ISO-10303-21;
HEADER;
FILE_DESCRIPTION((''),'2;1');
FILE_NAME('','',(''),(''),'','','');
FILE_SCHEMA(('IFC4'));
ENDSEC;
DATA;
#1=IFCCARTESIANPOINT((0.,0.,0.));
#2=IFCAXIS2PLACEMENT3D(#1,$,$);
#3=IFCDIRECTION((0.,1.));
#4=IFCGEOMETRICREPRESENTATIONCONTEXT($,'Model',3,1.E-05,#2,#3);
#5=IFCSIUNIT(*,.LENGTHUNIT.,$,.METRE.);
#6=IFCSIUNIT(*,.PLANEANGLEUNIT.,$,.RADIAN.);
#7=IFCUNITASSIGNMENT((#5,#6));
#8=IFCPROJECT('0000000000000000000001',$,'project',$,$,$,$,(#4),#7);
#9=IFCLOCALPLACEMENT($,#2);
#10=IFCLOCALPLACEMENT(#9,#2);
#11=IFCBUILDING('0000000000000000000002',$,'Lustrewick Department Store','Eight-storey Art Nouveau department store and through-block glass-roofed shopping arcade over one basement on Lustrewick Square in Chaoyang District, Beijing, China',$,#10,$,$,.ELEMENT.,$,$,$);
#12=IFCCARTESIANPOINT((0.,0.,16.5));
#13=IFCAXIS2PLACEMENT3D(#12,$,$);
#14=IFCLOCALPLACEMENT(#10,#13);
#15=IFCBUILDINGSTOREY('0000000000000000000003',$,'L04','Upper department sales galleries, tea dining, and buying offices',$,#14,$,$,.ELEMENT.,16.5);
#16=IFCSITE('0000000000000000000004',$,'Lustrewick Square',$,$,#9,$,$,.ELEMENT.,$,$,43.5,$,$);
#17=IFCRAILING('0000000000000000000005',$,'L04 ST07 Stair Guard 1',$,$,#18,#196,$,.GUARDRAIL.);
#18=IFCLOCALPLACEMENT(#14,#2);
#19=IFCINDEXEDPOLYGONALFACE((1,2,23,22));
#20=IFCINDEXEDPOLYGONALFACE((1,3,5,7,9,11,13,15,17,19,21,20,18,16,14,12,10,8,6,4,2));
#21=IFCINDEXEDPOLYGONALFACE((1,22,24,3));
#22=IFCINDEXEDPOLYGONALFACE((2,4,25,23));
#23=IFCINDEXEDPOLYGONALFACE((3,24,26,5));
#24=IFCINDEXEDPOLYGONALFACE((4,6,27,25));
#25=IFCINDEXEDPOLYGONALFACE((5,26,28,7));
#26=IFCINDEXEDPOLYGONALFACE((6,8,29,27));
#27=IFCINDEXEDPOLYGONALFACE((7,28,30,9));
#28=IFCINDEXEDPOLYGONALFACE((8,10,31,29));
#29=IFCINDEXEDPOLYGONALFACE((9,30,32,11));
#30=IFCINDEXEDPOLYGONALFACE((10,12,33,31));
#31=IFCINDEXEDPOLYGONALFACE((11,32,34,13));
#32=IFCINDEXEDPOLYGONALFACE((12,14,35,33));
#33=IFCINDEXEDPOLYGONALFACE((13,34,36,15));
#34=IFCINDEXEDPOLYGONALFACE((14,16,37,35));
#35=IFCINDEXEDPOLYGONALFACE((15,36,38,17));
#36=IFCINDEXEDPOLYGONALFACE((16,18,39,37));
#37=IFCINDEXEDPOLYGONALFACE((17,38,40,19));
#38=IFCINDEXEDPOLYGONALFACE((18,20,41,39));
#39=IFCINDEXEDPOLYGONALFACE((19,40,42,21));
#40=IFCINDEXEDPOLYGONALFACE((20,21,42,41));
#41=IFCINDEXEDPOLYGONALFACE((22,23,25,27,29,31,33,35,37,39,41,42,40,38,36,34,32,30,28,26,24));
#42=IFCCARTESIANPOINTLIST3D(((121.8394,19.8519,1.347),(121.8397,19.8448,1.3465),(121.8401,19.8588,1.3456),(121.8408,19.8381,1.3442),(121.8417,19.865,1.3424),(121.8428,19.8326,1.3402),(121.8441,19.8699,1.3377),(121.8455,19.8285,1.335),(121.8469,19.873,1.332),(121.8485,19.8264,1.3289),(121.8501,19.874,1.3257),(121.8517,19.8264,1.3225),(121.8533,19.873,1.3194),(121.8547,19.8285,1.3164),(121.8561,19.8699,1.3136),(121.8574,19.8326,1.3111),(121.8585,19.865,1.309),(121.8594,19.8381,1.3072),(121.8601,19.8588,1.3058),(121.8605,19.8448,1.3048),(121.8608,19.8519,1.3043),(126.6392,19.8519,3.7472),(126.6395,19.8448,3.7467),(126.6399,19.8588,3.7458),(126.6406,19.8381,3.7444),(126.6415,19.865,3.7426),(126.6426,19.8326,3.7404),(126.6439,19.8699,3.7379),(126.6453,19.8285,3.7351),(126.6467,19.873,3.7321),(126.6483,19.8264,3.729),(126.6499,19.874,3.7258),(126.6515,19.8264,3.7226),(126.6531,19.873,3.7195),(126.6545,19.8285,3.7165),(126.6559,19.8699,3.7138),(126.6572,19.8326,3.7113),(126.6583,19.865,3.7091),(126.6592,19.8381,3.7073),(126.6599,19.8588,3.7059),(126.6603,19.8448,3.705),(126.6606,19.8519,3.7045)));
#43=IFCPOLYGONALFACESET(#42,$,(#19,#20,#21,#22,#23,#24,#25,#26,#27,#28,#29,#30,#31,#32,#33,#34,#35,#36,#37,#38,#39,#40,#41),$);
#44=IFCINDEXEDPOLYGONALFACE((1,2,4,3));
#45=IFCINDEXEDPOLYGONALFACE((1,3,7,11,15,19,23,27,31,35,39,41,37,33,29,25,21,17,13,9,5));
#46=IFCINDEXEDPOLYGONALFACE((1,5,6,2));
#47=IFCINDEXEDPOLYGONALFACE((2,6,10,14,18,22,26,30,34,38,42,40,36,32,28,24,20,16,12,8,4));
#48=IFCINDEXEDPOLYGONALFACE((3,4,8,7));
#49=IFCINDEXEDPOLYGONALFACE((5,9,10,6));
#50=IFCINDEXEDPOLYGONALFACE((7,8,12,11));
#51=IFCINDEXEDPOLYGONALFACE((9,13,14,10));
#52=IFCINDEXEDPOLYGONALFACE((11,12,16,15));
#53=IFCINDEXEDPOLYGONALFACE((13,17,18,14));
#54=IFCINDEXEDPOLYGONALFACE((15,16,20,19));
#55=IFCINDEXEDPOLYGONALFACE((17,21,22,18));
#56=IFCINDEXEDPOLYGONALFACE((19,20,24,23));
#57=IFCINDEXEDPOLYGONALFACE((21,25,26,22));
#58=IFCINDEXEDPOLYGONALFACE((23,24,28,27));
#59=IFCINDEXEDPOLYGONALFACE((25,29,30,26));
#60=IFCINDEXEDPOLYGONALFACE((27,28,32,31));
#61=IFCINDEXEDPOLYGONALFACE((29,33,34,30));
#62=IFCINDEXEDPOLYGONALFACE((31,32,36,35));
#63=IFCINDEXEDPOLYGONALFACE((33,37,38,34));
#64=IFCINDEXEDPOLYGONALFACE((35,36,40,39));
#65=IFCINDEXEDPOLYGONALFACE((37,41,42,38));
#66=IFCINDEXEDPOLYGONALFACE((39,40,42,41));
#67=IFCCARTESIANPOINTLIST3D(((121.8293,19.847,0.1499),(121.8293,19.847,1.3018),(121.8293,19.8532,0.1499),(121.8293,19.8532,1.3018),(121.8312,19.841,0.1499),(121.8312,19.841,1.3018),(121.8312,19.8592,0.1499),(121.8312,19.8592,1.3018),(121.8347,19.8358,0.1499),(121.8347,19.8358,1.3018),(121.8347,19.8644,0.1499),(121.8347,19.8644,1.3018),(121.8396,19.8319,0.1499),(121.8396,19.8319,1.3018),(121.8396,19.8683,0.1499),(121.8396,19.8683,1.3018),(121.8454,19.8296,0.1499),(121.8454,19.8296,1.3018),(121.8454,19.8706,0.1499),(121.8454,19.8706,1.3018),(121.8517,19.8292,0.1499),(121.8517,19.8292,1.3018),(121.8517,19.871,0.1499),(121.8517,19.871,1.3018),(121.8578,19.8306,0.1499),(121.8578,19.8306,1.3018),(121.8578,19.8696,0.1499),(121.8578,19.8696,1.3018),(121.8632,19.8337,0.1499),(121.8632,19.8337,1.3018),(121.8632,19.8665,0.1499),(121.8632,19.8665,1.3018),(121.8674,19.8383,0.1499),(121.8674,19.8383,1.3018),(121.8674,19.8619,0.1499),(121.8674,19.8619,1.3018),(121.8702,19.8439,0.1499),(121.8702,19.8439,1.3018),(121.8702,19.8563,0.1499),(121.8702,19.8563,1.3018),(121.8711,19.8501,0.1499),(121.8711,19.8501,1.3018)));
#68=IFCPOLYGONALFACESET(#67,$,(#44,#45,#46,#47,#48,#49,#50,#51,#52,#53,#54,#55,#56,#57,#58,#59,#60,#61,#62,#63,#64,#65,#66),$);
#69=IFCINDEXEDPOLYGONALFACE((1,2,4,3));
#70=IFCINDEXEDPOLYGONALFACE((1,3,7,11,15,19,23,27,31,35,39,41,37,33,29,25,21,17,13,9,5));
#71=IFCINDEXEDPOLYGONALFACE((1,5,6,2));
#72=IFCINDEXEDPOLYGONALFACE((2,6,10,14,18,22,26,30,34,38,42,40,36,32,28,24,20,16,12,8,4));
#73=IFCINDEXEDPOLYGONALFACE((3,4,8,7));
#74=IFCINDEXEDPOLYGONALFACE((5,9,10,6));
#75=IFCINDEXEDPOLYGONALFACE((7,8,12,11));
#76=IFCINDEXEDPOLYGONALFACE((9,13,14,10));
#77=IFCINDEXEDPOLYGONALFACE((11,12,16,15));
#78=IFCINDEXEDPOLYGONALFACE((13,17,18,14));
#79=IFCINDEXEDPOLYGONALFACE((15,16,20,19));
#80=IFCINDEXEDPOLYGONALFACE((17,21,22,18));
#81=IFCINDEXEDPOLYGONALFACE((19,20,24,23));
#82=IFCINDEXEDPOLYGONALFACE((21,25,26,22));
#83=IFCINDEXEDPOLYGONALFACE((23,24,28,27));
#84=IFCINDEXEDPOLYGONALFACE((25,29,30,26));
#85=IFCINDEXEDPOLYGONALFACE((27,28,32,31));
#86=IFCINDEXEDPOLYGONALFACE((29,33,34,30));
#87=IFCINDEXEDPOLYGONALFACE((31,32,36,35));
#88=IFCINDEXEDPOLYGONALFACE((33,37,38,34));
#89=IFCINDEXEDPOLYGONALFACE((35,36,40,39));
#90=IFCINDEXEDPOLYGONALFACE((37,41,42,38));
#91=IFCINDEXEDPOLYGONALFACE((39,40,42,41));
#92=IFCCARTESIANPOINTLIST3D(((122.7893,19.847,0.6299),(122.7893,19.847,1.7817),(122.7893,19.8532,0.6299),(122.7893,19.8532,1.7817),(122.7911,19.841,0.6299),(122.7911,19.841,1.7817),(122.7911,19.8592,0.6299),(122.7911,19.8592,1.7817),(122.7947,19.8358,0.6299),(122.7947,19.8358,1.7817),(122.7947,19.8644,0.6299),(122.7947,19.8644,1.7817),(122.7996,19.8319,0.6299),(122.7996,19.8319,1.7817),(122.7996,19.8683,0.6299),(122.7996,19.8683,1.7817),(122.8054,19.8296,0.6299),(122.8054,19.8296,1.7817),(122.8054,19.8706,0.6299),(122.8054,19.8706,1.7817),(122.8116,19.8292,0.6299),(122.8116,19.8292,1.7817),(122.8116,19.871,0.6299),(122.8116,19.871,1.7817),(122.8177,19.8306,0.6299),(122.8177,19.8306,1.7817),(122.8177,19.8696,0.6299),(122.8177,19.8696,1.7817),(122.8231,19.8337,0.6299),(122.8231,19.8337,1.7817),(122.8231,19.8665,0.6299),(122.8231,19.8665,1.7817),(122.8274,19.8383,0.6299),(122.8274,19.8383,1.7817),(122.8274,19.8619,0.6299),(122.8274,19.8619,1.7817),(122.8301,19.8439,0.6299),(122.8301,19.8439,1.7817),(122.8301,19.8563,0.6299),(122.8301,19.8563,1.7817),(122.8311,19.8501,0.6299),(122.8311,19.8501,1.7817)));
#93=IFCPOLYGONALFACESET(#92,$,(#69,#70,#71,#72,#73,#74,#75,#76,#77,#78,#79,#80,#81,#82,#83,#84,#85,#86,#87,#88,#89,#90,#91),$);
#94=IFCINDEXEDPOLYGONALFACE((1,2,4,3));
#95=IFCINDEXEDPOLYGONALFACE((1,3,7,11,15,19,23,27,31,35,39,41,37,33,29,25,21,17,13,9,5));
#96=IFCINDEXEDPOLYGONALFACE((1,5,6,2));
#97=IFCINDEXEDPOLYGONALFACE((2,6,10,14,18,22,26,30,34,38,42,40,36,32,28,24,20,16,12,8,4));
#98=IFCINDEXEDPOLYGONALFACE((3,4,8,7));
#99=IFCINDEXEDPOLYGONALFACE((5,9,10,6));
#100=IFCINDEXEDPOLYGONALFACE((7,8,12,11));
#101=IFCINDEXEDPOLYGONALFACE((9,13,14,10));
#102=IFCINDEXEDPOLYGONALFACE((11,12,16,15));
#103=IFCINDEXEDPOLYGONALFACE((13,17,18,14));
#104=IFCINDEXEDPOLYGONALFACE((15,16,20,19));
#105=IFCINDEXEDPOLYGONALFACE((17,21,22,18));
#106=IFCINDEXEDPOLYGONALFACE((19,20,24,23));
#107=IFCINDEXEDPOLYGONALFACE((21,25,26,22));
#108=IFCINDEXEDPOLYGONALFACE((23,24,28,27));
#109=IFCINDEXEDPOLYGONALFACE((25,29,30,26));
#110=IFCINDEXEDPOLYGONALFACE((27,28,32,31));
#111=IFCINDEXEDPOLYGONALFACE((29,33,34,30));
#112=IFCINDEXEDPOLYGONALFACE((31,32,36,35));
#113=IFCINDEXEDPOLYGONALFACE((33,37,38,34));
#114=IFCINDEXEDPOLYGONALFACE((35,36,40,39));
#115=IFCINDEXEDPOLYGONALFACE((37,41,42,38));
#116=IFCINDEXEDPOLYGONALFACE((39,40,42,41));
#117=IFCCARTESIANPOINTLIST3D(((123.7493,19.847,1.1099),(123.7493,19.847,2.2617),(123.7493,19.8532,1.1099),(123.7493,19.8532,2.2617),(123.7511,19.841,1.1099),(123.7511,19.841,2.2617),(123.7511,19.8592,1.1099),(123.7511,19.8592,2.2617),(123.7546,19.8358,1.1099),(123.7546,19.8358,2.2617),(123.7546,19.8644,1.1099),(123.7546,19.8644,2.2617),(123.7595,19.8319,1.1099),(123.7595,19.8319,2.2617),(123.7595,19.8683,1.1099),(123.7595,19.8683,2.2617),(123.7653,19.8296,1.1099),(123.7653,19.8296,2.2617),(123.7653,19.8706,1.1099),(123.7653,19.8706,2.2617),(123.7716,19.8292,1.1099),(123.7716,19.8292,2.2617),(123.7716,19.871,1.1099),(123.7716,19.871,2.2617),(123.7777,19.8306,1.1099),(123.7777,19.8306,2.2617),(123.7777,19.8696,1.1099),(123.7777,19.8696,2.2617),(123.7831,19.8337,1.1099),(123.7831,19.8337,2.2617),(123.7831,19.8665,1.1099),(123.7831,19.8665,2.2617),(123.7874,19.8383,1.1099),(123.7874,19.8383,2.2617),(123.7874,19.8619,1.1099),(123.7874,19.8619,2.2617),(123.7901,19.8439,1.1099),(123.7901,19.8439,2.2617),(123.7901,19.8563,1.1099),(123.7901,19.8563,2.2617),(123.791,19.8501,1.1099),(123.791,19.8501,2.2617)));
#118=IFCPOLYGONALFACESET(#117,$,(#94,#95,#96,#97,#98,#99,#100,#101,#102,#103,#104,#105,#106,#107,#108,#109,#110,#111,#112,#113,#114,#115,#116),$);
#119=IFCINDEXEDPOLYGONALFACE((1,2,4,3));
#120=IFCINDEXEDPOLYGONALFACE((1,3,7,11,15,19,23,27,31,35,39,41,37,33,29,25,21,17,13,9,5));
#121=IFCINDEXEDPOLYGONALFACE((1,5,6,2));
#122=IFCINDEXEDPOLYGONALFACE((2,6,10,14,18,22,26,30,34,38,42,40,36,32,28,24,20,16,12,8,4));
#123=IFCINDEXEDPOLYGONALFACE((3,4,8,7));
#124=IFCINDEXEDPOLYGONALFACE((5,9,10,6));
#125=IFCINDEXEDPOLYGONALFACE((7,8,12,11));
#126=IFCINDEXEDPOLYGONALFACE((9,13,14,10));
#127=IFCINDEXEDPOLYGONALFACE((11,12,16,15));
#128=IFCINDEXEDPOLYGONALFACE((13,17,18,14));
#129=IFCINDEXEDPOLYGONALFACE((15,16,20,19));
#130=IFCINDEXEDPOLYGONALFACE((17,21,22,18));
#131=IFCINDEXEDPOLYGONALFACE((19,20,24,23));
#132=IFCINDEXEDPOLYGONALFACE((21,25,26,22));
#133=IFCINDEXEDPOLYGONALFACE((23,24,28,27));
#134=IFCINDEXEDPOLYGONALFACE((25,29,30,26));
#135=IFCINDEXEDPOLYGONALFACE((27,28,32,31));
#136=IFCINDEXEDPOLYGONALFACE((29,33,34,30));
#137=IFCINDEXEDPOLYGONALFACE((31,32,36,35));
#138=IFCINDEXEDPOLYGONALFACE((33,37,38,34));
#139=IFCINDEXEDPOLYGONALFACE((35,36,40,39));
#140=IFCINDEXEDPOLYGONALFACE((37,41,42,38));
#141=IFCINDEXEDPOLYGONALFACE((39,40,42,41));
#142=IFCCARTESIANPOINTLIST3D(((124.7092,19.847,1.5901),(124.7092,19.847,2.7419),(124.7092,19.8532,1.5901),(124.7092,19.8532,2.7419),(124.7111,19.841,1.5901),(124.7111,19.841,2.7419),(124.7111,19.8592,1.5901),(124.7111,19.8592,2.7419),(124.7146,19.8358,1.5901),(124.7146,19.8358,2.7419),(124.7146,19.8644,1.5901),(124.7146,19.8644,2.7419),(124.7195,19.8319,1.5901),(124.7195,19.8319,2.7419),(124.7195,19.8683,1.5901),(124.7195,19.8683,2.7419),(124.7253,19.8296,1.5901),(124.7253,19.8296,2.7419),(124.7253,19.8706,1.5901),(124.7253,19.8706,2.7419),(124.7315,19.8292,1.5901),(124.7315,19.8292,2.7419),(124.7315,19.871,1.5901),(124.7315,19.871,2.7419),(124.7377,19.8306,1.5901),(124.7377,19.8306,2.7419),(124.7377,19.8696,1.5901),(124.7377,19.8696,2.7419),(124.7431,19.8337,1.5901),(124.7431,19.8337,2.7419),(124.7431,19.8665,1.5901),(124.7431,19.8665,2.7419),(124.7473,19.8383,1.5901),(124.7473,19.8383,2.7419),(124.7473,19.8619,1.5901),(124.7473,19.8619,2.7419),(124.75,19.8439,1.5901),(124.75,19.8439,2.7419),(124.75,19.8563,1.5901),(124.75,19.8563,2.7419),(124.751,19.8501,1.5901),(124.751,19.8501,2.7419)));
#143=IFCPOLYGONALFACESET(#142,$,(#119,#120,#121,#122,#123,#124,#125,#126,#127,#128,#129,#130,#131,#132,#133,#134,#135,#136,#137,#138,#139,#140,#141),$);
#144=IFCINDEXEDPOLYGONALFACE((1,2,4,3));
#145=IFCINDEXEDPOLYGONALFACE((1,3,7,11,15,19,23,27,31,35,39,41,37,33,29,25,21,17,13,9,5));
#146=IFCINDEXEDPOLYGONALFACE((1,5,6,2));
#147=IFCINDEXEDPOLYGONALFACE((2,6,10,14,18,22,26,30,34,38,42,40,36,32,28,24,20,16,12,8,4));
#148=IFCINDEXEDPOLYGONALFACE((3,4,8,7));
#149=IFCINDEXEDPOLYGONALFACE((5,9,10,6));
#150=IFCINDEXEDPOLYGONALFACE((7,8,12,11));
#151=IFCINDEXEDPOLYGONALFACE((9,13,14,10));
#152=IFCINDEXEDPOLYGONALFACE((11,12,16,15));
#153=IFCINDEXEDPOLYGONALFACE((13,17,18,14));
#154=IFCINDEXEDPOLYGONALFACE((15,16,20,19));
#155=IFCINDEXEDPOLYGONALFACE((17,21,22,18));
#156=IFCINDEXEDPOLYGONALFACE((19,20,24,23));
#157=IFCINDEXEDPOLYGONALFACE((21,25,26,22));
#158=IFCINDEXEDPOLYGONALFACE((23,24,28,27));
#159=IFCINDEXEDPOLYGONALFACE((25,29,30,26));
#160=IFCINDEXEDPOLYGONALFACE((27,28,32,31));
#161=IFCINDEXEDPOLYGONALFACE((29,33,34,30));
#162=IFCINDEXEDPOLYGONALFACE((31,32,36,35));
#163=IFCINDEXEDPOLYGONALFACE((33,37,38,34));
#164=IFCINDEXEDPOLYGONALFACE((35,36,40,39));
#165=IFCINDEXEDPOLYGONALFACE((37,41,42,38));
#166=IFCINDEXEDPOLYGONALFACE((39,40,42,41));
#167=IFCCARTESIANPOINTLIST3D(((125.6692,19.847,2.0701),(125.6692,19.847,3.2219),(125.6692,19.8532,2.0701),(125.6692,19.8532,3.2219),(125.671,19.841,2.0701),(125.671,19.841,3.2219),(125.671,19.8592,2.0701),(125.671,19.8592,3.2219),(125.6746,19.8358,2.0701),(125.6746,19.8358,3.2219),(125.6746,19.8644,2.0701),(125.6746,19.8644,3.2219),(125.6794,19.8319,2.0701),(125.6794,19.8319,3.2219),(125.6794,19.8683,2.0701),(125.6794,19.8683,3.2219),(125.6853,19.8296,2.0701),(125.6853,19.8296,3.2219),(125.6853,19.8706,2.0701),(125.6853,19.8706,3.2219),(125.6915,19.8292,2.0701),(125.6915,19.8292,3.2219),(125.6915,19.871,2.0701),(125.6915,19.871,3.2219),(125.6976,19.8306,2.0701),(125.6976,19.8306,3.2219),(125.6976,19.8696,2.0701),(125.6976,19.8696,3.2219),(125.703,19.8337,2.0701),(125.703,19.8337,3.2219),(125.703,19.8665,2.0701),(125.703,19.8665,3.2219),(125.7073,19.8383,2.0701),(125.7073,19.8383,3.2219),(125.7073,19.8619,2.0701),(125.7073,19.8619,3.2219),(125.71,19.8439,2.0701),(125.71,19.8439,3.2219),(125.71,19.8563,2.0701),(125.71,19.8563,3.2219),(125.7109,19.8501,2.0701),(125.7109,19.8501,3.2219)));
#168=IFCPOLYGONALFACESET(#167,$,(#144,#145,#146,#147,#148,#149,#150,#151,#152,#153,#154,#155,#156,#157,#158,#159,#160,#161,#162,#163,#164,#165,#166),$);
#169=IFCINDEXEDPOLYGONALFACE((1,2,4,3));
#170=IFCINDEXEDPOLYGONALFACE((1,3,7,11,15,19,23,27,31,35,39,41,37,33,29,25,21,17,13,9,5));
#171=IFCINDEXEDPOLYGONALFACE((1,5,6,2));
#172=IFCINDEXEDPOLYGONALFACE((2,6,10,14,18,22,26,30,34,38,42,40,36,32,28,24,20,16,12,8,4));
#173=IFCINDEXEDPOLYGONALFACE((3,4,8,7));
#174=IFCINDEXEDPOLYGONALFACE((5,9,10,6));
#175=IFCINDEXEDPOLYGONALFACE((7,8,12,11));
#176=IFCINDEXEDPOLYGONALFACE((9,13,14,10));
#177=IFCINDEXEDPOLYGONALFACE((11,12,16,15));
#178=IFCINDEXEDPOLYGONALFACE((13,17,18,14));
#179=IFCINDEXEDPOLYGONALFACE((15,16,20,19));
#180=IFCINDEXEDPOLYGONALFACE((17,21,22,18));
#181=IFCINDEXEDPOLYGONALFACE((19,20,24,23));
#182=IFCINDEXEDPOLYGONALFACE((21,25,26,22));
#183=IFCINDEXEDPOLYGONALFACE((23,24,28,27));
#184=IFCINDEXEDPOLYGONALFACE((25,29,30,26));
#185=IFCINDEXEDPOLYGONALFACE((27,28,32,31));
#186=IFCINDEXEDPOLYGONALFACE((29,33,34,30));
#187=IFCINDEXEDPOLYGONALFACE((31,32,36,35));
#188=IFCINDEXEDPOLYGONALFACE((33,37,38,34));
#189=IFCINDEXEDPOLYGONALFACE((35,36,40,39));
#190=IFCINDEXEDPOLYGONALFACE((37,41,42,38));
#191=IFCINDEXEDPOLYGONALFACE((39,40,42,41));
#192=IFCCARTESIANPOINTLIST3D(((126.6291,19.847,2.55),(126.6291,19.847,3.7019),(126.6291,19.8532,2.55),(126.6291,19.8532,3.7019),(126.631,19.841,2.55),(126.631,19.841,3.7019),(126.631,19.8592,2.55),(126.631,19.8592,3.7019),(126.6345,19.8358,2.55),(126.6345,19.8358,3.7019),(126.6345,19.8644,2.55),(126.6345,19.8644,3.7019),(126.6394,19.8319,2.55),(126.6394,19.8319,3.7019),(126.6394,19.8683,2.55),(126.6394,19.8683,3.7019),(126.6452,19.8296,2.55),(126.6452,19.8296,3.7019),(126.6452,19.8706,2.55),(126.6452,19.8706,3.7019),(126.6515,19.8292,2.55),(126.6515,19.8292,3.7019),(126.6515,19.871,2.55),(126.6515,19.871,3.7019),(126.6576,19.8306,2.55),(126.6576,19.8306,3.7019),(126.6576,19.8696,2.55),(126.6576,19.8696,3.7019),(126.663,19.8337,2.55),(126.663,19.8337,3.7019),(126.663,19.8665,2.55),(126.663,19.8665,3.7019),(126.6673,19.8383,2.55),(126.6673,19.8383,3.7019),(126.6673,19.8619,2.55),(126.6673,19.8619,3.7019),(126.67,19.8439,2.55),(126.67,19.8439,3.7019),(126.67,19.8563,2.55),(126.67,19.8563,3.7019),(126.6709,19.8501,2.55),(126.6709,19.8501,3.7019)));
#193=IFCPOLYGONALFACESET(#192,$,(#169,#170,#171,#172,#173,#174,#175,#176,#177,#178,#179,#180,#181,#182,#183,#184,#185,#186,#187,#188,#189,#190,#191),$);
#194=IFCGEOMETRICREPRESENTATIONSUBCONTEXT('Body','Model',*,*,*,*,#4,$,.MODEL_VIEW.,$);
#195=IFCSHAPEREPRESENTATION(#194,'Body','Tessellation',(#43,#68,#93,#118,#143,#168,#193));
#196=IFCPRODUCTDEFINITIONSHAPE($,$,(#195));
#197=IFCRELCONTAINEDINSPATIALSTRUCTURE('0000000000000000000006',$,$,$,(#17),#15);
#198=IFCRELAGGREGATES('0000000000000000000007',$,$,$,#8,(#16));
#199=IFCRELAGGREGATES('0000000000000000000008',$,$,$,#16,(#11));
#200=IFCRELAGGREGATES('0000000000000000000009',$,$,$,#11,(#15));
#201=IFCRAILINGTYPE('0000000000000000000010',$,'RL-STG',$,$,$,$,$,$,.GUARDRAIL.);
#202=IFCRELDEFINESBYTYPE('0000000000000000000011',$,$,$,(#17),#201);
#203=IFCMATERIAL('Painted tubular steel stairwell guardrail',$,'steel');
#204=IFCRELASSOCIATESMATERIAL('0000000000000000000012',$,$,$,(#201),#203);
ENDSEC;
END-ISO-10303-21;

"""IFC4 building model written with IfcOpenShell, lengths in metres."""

from ifc_helpers import new_model, si_unit, direction, frame, origin, origin_2d, place, context, subcontext, project, spatial, circle, extrude, material, type_object, element, save


model = new_model("IFC4")

# Units and contexts
model_context = context("Model", 3, precision=1e-05, world=origin(), true_north=direction((0.0, 1.0)))
body_context = subcontext(model_context, "Body", "Model", "MODEL_VIEW")
ifc_project = project(units=[si_unit("LENGTHUNIT", "METRE"), si_unit("PLANEANGLEUNIT", "RADIAN")], contexts=[model_context])

# Site, building, storey
site_placement = place(None, origin())
site = spatial("IfcSite", under=ifc_project, at=site_placement, Name="Lustrewick Square", CompositionType="ELEMENT", RefElevation=43.5)
building_placement = place(site_placement, origin())
building = spatial("IfcBuilding", under=site, at=building_placement, Name="Lustrewick Department Store", Description="Eight-storey Art Nouveau department store and through-block glass-roofed shopping arcade over one basement on Lustrewick Square in Chaoyang District, Beijing, China", CompositionType="ELEMENT")
storey_placement = place(building_placement, frame((0.0, 0.0, 16.5)))
storey = spatial("IfcBuildingStorey", under=building, at=storey_placement, Name="L04", Description="Upper department sales galleries, tea dining, and buying offices", CompositionType="ELEMENT", Elevation=16.5)

# Railing
ifc_material_1 = material(Name="Painted tubular steel stairwell guardrail", Category="steel")
railing_type_1 = type_object("IfcRailingType", Name="RL-STG", PredefinedType="GUARDRAIL", material=ifc_material_1)
railing_1_placement = place(storey_placement, frame((121.8501, 19.8501, 0.1499)))
element("IfcRailing", 1, at=railing_1_placement, inside=storey, type_object=railing_type_1, Name="L04 ST07 Stair Guard 1", PredefinedType="GUARDRAIL", context=body_context, shape_type="SweptSolid", body=[
    extrude(circle(Radius=0.0239, at=origin_2d()), frame((0.0, 0.0, 1.1758), z_axis=(0.894409, 0.0, 0.44725), x_axis=(0.0, 1.0, 0.0)), (0.0, 0.0, 1.0), 5.3665),
    extrude(circle(Radius=0.021, at=origin_2d()), origin(), (0.0, 0.0, 1.0), 1.1519),
    extrude(circle(Radius=0.021, at=origin_2d()), frame((0.96, 0.0, 0.48)), (0.0, 0.0, 1.0), 1.1519),
    extrude(circle(Radius=0.021, at=origin_2d()), frame((1.9199, 0.0, 0.96)), (0.0, 0.0, 1.0), 1.1519),
    extrude(circle(Radius=0.021, at=origin_2d()), frame((2.8799, 0.0, 1.4402)), (0.0, 0.0, 1.0), 1.1519),
    extrude(circle(Radius=0.021, at=origin_2d()), frame((3.8398, 0.0, 1.9202)), (0.0, 0.0, 1.0), 1.1519),
    extrude(circle(Radius=0.021, at=origin_2d()), frame((4.7998, 0.0, 2.4001)), (0.0, 0.0, 1.0), 1.1519),
])

save(model, "model.ifc")
